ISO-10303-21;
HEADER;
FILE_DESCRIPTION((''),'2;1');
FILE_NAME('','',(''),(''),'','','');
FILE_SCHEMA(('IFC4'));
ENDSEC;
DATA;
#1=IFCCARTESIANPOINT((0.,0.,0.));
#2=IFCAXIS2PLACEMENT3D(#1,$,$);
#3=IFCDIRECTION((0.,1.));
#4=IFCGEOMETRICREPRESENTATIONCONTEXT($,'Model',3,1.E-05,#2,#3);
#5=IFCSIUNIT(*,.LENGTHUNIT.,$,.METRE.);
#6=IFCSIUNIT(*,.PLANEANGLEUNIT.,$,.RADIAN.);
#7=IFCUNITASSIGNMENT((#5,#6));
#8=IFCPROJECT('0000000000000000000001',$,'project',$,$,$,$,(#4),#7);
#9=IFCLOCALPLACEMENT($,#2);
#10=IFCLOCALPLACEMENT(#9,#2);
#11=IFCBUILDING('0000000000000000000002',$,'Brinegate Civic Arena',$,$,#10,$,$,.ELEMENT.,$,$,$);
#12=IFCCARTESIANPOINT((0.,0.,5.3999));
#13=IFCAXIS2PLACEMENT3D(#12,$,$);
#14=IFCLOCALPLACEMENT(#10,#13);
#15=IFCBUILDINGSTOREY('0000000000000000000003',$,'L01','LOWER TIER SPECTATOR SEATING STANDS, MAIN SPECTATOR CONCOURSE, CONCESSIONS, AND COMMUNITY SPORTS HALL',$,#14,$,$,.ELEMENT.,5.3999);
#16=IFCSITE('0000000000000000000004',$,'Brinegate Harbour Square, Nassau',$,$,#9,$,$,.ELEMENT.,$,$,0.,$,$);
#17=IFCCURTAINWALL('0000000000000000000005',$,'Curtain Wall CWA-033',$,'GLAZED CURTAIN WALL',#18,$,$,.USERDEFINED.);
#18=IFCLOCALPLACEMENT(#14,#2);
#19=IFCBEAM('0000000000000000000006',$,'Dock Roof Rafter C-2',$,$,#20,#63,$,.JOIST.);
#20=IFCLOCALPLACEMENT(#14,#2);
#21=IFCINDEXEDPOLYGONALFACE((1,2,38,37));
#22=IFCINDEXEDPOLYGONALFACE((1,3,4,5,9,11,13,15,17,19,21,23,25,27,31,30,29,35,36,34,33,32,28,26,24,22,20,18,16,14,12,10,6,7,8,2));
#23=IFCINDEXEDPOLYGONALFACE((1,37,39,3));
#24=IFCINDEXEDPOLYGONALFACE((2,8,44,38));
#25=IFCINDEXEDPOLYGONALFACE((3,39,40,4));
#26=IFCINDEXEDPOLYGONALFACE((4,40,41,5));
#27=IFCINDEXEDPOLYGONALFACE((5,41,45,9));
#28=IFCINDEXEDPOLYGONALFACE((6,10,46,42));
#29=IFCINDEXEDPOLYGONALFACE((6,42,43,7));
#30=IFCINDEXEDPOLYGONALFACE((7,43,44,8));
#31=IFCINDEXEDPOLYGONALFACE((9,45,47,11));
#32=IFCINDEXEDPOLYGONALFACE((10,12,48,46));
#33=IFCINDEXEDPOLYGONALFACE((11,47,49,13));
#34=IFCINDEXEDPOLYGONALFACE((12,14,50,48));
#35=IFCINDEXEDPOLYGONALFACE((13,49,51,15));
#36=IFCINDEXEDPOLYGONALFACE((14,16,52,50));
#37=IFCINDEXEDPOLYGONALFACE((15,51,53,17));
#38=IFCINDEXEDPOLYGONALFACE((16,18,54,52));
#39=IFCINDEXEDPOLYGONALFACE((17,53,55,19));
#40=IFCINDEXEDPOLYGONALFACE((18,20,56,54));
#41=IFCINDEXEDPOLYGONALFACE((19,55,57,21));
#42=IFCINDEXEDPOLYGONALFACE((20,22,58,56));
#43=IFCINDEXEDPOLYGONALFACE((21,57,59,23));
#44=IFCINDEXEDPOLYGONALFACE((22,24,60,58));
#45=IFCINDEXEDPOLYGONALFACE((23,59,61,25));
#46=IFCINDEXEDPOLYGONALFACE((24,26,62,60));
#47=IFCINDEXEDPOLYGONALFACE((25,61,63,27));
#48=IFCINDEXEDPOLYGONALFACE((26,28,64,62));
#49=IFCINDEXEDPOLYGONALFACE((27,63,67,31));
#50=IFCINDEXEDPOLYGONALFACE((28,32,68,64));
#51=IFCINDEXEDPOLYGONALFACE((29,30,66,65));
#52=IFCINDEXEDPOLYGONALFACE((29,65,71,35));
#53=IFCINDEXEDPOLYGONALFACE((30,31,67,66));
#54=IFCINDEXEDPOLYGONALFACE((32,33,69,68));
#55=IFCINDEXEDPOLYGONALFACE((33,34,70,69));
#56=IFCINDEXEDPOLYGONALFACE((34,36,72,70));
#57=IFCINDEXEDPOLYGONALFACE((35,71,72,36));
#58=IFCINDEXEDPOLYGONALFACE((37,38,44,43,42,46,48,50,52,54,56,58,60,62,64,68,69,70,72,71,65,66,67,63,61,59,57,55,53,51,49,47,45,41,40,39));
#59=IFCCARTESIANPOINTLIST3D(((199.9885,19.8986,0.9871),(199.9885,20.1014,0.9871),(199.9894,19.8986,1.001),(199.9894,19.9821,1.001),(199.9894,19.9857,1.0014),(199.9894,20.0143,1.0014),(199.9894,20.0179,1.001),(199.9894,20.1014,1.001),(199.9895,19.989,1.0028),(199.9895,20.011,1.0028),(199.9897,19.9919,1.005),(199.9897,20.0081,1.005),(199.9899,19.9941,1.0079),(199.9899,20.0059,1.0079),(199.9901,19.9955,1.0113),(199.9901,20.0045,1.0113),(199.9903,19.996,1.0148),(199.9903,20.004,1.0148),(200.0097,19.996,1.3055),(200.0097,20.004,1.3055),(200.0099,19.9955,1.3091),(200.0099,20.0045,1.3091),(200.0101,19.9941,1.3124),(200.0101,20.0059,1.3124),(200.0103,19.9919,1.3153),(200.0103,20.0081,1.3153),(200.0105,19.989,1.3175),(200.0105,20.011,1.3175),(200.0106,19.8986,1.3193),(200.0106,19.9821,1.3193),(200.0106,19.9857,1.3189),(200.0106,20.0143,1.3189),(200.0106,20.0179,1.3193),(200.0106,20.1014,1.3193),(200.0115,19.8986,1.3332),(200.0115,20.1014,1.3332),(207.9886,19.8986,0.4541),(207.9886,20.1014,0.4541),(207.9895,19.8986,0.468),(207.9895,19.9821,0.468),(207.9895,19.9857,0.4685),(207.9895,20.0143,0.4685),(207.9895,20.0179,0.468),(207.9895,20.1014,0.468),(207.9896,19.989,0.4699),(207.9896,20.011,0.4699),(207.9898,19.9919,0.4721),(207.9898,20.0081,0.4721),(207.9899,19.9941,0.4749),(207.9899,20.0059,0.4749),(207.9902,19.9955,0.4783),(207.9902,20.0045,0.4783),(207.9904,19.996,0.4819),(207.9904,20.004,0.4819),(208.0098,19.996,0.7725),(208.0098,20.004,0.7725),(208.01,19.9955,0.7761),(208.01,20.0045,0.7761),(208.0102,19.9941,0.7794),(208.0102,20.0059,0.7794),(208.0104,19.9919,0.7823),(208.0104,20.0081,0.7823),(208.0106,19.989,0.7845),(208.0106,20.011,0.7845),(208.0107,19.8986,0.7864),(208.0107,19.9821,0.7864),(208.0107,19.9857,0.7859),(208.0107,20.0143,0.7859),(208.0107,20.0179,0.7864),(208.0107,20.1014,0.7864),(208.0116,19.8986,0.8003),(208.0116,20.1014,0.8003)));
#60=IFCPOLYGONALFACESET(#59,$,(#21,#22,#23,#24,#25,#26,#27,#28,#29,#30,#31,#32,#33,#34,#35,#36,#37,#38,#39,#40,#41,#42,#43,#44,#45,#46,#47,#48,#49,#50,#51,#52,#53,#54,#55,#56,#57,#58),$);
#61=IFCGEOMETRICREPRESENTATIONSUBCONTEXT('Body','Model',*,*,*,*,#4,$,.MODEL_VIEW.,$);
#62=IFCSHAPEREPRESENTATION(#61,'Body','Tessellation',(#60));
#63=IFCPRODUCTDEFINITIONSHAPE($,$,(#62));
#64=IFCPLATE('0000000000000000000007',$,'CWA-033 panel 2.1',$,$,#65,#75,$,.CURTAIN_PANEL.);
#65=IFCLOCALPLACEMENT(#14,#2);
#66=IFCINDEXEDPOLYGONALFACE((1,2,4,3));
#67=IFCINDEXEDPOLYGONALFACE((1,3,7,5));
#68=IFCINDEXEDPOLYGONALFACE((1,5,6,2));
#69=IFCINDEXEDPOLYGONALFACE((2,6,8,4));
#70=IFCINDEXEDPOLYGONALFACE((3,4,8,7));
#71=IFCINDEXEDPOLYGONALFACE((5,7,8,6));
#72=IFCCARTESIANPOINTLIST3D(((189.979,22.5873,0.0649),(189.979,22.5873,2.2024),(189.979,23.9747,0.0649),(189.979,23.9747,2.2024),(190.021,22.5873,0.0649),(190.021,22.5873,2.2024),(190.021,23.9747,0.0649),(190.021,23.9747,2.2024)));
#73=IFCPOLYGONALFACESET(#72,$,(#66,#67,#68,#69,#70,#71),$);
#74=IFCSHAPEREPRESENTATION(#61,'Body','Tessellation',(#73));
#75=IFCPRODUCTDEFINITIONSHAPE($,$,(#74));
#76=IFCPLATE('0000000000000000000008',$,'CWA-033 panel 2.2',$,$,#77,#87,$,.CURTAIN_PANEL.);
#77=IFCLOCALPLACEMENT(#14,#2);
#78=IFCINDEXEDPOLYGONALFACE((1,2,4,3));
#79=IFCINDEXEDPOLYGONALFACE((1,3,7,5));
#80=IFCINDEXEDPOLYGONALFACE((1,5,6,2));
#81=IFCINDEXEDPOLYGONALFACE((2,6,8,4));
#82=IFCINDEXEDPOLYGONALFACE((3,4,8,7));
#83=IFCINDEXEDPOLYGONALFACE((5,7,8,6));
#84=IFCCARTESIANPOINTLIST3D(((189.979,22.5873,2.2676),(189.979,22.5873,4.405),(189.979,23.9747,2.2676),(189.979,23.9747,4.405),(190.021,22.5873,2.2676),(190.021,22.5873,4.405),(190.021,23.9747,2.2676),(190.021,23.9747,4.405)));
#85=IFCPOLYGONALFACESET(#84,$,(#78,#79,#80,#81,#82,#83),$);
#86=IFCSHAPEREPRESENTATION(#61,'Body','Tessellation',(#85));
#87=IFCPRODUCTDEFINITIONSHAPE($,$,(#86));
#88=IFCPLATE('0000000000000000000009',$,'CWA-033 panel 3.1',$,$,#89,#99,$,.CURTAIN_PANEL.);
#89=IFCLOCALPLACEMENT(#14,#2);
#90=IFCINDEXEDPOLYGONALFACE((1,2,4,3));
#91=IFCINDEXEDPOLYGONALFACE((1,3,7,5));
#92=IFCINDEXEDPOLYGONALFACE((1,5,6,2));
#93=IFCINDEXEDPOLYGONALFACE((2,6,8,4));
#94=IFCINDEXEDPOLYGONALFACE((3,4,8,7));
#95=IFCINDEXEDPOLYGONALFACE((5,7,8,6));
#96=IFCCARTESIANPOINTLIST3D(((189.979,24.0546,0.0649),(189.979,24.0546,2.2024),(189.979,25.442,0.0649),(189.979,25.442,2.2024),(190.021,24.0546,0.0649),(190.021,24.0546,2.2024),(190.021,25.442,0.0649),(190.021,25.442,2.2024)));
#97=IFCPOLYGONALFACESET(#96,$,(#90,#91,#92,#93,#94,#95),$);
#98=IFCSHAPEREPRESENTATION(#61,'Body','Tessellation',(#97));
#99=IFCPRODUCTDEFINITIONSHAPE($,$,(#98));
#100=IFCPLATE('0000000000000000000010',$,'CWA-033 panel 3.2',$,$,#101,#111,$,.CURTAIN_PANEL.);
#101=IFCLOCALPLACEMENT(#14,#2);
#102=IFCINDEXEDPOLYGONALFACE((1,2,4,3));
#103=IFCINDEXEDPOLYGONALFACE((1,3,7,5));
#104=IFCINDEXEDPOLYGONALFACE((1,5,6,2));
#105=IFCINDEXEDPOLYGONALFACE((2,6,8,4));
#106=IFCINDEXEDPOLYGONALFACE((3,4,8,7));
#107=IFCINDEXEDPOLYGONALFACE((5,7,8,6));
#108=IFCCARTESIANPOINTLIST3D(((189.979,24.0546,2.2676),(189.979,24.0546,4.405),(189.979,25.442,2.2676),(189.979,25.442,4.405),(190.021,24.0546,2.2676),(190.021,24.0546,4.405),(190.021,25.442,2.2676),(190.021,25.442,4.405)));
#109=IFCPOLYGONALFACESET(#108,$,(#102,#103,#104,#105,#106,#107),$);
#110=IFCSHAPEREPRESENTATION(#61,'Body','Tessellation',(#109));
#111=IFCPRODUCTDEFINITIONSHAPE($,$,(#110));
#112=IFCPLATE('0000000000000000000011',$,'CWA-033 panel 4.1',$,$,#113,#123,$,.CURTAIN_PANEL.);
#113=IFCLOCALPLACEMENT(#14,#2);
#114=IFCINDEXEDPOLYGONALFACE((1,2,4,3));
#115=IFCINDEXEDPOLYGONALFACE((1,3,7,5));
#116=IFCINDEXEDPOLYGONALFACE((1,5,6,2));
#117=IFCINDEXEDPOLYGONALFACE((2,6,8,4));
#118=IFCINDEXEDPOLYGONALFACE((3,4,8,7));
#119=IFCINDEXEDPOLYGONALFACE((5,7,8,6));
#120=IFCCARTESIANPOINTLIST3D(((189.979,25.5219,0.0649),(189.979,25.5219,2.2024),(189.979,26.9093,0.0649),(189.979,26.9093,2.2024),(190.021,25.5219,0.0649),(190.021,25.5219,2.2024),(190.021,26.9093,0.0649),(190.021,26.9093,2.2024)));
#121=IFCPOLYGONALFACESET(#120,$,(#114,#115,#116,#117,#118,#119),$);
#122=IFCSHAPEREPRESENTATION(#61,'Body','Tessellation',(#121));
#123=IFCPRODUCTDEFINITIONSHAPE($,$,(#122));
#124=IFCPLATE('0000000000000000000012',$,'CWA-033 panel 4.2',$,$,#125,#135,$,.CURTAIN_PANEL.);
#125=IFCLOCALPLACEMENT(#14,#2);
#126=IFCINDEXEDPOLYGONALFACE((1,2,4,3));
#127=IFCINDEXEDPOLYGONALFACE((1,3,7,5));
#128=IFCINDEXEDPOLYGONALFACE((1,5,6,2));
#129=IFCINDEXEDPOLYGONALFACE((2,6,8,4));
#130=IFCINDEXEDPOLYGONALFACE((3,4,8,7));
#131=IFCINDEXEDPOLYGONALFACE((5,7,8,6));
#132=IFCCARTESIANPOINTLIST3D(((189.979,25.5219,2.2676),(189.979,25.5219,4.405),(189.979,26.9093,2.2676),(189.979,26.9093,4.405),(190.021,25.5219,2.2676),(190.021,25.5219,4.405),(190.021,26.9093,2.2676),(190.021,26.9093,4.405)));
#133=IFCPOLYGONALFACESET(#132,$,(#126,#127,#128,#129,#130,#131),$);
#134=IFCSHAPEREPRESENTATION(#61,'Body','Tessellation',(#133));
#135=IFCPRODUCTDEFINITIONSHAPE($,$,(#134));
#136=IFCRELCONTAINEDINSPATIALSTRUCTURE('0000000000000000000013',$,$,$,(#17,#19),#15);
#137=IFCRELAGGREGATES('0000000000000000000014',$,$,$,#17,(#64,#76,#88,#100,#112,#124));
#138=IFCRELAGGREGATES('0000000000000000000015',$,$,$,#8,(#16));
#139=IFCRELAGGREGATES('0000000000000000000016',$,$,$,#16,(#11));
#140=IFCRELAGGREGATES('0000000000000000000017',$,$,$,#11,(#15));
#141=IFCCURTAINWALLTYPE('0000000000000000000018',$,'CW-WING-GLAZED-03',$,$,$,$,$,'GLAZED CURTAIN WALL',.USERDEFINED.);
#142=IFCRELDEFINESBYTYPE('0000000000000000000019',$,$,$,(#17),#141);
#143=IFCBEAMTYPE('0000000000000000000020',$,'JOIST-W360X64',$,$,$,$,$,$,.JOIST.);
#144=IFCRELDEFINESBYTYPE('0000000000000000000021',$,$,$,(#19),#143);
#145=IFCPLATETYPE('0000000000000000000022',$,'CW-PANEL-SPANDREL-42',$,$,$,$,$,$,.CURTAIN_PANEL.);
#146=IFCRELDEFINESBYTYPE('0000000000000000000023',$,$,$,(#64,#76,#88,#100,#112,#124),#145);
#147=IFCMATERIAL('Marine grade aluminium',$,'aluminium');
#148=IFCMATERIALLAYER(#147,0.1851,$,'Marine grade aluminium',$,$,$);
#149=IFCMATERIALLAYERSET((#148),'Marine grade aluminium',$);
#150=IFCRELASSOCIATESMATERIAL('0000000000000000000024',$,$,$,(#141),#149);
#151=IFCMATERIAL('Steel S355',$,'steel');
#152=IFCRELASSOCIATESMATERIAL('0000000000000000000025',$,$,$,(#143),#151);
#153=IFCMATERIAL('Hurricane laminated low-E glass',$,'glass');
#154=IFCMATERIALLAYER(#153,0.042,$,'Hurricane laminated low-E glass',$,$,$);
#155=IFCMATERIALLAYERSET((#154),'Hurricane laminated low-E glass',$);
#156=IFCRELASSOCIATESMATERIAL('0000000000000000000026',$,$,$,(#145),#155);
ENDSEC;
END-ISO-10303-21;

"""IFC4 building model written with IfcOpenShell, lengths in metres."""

from ifc_helpers import new_model, si_unit, direction, frame, origin, origin_2d, place, context, subcontext, project, spatial, rectangle, i_section, extrude, material, layer, layer_set, material_profile, profile_set, type_object, element, aggregate, save


model = new_model("IFC4")

# Units and contexts
model_context = context("Model", 3, precision=1e-05, world=origin(), true_north=direction((0.0, 1.0)))
body_context = subcontext(model_context, "Body", "Model", "MODEL_VIEW")
ifc_project = project(units=[si_unit("LENGTHUNIT", "METRE"), si_unit("PLANEANGLEUNIT", "RADIAN")], contexts=[model_context])

# Site, building, storey
site_placement = place(None, origin())
site = spatial("IfcSite", under=ifc_project, at=site_placement, Name="Brinegate Harbour Square, Nassau", CompositionType="ELEMENT", RefElevation=0.0)
building_placement = place(site_placement, origin())
building = spatial("IfcBuilding", under=site, at=building_placement, Name="Brinegate Civic Arena", CompositionType="ELEMENT")
storey_placement = place(building_placement, frame((0.0, 0.0, 5.3999)))
storey = spatial("IfcBuildingStorey", under=building, at=storey_placement, Name="L01", Description="LOWER TIER SPECTATOR SEATING STANDS, MAIN SPECTATOR CONCOURSE, CONCESSIONS, AND COMMUNITY SPORTS HALL", CompositionType="ELEMENT", Elevation=5.3999)

# Shared definitions
ifc_material_1 = material(Name="Steel S355", Category="steel")

# Curtain wall
ifc_material_2 = material(Name="Marine grade aluminium", Category="aluminium")
ifc_layer_1 = layer(ifc_material_2, 0.1851, Name="Marine grade aluminium")
ifc_layer_set_1 = layer_set([ifc_layer_1], Name="Marine grade aluminium")
curtain_wall_type = type_object("IfcCurtainWallType", Name="CW-WING-GLAZED-03", ElementType="GLAZED CURTAIN WALL", PredefinedType="USERDEFINED", material=ifc_layer_set_1)
curtain_wall_placement = place(storey_placement, origin())
curtain_wall = element("IfcCurtainWall", 1, at=curtain_wall_placement, inside=storey, type_object=curtain_wall_type, Name="Curtain Wall CWA-033", ObjectType="GLAZED CURTAIN WALL", PredefinedType="USERDEFINED")

# Beam
ifc_material_profile_1 = material_profile(ifc_material_1, i_section(OverallWidth=0.2029, OverallDepth=0.3469, WebThickness=0.0081, FlangeThickness=0.0139, FilletRadius=0.0139, at=origin_2d()), Name="W360X64")
ifc_profile_set_1 = profile_set([ifc_material_profile_1], Name="Steel S355")
beam_type = type_object("IfcBeamType", Name="JOIST-W360X64", PredefinedType="JOIST", material=ifc_profile_set_1)
for number, where, z_axis, x_axis, name in (
    (2, (200.0, 20.0, 1.1602), (0.997788, 0.0, -0.066473), (0.0, 1.0, 0.0), "Dock Roof Rafter C-2"),
):
    element("IfcBeam", number, at=place(storey_placement, frame(where, z_axis=z_axis, x_axis=x_axis)), inside=storey, type_object=beam_type, Name=name, PredefinedType="JOIST", context=body_context, shape_type="SweptSolid", body=[
        extrude(i_section(OverallWidth=0.2029, OverallDepth=0.3469, WebThickness=0.0081, FlangeThickness=0.0139, FilletRadius=0.0139, at=origin_2d()), origin(), (0.0, 0.0, 1.0), 8.0178),
    ])

# Plates
ifc_material_3 = material(Name="Hurricane laminated low-E glass", Category="glass")
ifc_layer_2 = layer(ifc_material_3, 0.042, Name="Hurricane laminated low-E glass")
ifc_layer_set_2 = layer_set([ifc_layer_2], Name="Hurricane laminated low-E glass")
plate_type = type_object("IfcPlateType", Name="CW-PANEL-SPANDREL-42", PredefinedType="CURTAIN_PANEL", material=ifc_layer_set_2)
plate_1_placement = place(storey_placement, frame((190.0, 23.281, 0.0649), z_axis=(0.0, 0.0, 1.0), x_axis=(0.0, 1.0, 0.0)))
plate_1 = element("IfcPlate", 3, at=plate_1_placement, type_object=plate_type, Name="CWA-033 panel 2.1", PredefinedType="CURTAIN_PANEL", context=body_context, shape_type="SweptSolid", body=[
    extrude(rectangle(XDim=1.3875, YDim=0.042, at=origin_2d()), origin(), (0.0, 0.0, 1.0), 2.1375),
])
plate_2_placement = place(storey_placement, frame((190.0, 23.281, 2.2676), z_axis=(0.0, 0.0, 1.0), x_axis=(0.0, 1.0, 0.0)))
plate_2 = element("IfcPlate", 4, at=plate_2_placement, type_object=plate_type, Name="CWA-033 panel 2.2", PredefinedType="CURTAIN_PANEL", context=body_context, shape_type="SweptSolid", body=[
    extrude(rectangle(XDim=1.3875, YDim=0.042, at=origin_2d()), origin(), (0.0, 0.0, 1.0), 2.1375),
])
plate_3_placement = place(storey_placement, frame((190.0, 24.7483, 0.0649), z_axis=(0.0, 0.0, 1.0), x_axis=(0.0, 1.0, 0.0)))
plate_3 = element("IfcPlate", 5, at=plate_3_placement, type_object=plate_type, Name="CWA-033 panel 3.1", PredefinedType="CURTAIN_PANEL", context=body_context, shape_type="SweptSolid", body=[
    extrude(rectangle(XDim=1.3875, YDim=0.042, at=origin_2d()), origin(), (0.0, 0.0, 1.0), 2.1375),
])
plate_4_placement = place(storey_placement, frame((190.0, 24.7483, 2.2676), z_axis=(0.0, 0.0, 1.0), x_axis=(0.0, 1.0, 0.0)))
plate_4 = element("IfcPlate", 6, at=plate_4_placement, type_object=plate_type, Name="CWA-033 panel 3.2", PredefinedType="CURTAIN_PANEL", context=body_context, shape_type="SweptSolid", body=[
    extrude(rectangle(XDim=1.3875, YDim=0.042, at=origin_2d()), origin(), (0.0, 0.0, 1.0), 2.1375),
])
plate_5_placement = place(storey_placement, frame((190.0, 26.2156, 0.0649), z_axis=(0.0, 0.0, 1.0), x_axis=(0.0, 1.0, 0.0)))
plate_5 = element("IfcPlate", 7, at=plate_5_placement, type_object=plate_type, Name="CWA-033 panel 4.1", PredefinedType="CURTAIN_PANEL", context=body_context, shape_type="SweptSolid", body=[
    extrude(rectangle(XDim=1.3875, YDim=0.042, at=origin_2d()), origin(), (0.0, 0.0, 1.0), 2.1375),
])
plate_6_placement = place(storey_placement, frame((190.0, 26.2156, 2.2676), z_axis=(0.0, 0.0, 1.0), x_axis=(0.0, 1.0, 0.0)))
plate_6 = element("IfcPlate", 8, at=plate_6_placement, type_object=plate_type, Name="CWA-033 panel 4.2", PredefinedType="CURTAIN_PANEL", context=body_context, shape_type="SweptSolid", body=[
    extrude(rectangle(XDim=1.3875, YDim=0.042, at=origin_2d()), origin(), (0.0, 0.0, 1.0), 2.1375),
])
aggregate(curtain_wall, [plate_1, plate_2, plate_3, plate_4, plate_5, plate_6])

save(model, "model.ifc")
